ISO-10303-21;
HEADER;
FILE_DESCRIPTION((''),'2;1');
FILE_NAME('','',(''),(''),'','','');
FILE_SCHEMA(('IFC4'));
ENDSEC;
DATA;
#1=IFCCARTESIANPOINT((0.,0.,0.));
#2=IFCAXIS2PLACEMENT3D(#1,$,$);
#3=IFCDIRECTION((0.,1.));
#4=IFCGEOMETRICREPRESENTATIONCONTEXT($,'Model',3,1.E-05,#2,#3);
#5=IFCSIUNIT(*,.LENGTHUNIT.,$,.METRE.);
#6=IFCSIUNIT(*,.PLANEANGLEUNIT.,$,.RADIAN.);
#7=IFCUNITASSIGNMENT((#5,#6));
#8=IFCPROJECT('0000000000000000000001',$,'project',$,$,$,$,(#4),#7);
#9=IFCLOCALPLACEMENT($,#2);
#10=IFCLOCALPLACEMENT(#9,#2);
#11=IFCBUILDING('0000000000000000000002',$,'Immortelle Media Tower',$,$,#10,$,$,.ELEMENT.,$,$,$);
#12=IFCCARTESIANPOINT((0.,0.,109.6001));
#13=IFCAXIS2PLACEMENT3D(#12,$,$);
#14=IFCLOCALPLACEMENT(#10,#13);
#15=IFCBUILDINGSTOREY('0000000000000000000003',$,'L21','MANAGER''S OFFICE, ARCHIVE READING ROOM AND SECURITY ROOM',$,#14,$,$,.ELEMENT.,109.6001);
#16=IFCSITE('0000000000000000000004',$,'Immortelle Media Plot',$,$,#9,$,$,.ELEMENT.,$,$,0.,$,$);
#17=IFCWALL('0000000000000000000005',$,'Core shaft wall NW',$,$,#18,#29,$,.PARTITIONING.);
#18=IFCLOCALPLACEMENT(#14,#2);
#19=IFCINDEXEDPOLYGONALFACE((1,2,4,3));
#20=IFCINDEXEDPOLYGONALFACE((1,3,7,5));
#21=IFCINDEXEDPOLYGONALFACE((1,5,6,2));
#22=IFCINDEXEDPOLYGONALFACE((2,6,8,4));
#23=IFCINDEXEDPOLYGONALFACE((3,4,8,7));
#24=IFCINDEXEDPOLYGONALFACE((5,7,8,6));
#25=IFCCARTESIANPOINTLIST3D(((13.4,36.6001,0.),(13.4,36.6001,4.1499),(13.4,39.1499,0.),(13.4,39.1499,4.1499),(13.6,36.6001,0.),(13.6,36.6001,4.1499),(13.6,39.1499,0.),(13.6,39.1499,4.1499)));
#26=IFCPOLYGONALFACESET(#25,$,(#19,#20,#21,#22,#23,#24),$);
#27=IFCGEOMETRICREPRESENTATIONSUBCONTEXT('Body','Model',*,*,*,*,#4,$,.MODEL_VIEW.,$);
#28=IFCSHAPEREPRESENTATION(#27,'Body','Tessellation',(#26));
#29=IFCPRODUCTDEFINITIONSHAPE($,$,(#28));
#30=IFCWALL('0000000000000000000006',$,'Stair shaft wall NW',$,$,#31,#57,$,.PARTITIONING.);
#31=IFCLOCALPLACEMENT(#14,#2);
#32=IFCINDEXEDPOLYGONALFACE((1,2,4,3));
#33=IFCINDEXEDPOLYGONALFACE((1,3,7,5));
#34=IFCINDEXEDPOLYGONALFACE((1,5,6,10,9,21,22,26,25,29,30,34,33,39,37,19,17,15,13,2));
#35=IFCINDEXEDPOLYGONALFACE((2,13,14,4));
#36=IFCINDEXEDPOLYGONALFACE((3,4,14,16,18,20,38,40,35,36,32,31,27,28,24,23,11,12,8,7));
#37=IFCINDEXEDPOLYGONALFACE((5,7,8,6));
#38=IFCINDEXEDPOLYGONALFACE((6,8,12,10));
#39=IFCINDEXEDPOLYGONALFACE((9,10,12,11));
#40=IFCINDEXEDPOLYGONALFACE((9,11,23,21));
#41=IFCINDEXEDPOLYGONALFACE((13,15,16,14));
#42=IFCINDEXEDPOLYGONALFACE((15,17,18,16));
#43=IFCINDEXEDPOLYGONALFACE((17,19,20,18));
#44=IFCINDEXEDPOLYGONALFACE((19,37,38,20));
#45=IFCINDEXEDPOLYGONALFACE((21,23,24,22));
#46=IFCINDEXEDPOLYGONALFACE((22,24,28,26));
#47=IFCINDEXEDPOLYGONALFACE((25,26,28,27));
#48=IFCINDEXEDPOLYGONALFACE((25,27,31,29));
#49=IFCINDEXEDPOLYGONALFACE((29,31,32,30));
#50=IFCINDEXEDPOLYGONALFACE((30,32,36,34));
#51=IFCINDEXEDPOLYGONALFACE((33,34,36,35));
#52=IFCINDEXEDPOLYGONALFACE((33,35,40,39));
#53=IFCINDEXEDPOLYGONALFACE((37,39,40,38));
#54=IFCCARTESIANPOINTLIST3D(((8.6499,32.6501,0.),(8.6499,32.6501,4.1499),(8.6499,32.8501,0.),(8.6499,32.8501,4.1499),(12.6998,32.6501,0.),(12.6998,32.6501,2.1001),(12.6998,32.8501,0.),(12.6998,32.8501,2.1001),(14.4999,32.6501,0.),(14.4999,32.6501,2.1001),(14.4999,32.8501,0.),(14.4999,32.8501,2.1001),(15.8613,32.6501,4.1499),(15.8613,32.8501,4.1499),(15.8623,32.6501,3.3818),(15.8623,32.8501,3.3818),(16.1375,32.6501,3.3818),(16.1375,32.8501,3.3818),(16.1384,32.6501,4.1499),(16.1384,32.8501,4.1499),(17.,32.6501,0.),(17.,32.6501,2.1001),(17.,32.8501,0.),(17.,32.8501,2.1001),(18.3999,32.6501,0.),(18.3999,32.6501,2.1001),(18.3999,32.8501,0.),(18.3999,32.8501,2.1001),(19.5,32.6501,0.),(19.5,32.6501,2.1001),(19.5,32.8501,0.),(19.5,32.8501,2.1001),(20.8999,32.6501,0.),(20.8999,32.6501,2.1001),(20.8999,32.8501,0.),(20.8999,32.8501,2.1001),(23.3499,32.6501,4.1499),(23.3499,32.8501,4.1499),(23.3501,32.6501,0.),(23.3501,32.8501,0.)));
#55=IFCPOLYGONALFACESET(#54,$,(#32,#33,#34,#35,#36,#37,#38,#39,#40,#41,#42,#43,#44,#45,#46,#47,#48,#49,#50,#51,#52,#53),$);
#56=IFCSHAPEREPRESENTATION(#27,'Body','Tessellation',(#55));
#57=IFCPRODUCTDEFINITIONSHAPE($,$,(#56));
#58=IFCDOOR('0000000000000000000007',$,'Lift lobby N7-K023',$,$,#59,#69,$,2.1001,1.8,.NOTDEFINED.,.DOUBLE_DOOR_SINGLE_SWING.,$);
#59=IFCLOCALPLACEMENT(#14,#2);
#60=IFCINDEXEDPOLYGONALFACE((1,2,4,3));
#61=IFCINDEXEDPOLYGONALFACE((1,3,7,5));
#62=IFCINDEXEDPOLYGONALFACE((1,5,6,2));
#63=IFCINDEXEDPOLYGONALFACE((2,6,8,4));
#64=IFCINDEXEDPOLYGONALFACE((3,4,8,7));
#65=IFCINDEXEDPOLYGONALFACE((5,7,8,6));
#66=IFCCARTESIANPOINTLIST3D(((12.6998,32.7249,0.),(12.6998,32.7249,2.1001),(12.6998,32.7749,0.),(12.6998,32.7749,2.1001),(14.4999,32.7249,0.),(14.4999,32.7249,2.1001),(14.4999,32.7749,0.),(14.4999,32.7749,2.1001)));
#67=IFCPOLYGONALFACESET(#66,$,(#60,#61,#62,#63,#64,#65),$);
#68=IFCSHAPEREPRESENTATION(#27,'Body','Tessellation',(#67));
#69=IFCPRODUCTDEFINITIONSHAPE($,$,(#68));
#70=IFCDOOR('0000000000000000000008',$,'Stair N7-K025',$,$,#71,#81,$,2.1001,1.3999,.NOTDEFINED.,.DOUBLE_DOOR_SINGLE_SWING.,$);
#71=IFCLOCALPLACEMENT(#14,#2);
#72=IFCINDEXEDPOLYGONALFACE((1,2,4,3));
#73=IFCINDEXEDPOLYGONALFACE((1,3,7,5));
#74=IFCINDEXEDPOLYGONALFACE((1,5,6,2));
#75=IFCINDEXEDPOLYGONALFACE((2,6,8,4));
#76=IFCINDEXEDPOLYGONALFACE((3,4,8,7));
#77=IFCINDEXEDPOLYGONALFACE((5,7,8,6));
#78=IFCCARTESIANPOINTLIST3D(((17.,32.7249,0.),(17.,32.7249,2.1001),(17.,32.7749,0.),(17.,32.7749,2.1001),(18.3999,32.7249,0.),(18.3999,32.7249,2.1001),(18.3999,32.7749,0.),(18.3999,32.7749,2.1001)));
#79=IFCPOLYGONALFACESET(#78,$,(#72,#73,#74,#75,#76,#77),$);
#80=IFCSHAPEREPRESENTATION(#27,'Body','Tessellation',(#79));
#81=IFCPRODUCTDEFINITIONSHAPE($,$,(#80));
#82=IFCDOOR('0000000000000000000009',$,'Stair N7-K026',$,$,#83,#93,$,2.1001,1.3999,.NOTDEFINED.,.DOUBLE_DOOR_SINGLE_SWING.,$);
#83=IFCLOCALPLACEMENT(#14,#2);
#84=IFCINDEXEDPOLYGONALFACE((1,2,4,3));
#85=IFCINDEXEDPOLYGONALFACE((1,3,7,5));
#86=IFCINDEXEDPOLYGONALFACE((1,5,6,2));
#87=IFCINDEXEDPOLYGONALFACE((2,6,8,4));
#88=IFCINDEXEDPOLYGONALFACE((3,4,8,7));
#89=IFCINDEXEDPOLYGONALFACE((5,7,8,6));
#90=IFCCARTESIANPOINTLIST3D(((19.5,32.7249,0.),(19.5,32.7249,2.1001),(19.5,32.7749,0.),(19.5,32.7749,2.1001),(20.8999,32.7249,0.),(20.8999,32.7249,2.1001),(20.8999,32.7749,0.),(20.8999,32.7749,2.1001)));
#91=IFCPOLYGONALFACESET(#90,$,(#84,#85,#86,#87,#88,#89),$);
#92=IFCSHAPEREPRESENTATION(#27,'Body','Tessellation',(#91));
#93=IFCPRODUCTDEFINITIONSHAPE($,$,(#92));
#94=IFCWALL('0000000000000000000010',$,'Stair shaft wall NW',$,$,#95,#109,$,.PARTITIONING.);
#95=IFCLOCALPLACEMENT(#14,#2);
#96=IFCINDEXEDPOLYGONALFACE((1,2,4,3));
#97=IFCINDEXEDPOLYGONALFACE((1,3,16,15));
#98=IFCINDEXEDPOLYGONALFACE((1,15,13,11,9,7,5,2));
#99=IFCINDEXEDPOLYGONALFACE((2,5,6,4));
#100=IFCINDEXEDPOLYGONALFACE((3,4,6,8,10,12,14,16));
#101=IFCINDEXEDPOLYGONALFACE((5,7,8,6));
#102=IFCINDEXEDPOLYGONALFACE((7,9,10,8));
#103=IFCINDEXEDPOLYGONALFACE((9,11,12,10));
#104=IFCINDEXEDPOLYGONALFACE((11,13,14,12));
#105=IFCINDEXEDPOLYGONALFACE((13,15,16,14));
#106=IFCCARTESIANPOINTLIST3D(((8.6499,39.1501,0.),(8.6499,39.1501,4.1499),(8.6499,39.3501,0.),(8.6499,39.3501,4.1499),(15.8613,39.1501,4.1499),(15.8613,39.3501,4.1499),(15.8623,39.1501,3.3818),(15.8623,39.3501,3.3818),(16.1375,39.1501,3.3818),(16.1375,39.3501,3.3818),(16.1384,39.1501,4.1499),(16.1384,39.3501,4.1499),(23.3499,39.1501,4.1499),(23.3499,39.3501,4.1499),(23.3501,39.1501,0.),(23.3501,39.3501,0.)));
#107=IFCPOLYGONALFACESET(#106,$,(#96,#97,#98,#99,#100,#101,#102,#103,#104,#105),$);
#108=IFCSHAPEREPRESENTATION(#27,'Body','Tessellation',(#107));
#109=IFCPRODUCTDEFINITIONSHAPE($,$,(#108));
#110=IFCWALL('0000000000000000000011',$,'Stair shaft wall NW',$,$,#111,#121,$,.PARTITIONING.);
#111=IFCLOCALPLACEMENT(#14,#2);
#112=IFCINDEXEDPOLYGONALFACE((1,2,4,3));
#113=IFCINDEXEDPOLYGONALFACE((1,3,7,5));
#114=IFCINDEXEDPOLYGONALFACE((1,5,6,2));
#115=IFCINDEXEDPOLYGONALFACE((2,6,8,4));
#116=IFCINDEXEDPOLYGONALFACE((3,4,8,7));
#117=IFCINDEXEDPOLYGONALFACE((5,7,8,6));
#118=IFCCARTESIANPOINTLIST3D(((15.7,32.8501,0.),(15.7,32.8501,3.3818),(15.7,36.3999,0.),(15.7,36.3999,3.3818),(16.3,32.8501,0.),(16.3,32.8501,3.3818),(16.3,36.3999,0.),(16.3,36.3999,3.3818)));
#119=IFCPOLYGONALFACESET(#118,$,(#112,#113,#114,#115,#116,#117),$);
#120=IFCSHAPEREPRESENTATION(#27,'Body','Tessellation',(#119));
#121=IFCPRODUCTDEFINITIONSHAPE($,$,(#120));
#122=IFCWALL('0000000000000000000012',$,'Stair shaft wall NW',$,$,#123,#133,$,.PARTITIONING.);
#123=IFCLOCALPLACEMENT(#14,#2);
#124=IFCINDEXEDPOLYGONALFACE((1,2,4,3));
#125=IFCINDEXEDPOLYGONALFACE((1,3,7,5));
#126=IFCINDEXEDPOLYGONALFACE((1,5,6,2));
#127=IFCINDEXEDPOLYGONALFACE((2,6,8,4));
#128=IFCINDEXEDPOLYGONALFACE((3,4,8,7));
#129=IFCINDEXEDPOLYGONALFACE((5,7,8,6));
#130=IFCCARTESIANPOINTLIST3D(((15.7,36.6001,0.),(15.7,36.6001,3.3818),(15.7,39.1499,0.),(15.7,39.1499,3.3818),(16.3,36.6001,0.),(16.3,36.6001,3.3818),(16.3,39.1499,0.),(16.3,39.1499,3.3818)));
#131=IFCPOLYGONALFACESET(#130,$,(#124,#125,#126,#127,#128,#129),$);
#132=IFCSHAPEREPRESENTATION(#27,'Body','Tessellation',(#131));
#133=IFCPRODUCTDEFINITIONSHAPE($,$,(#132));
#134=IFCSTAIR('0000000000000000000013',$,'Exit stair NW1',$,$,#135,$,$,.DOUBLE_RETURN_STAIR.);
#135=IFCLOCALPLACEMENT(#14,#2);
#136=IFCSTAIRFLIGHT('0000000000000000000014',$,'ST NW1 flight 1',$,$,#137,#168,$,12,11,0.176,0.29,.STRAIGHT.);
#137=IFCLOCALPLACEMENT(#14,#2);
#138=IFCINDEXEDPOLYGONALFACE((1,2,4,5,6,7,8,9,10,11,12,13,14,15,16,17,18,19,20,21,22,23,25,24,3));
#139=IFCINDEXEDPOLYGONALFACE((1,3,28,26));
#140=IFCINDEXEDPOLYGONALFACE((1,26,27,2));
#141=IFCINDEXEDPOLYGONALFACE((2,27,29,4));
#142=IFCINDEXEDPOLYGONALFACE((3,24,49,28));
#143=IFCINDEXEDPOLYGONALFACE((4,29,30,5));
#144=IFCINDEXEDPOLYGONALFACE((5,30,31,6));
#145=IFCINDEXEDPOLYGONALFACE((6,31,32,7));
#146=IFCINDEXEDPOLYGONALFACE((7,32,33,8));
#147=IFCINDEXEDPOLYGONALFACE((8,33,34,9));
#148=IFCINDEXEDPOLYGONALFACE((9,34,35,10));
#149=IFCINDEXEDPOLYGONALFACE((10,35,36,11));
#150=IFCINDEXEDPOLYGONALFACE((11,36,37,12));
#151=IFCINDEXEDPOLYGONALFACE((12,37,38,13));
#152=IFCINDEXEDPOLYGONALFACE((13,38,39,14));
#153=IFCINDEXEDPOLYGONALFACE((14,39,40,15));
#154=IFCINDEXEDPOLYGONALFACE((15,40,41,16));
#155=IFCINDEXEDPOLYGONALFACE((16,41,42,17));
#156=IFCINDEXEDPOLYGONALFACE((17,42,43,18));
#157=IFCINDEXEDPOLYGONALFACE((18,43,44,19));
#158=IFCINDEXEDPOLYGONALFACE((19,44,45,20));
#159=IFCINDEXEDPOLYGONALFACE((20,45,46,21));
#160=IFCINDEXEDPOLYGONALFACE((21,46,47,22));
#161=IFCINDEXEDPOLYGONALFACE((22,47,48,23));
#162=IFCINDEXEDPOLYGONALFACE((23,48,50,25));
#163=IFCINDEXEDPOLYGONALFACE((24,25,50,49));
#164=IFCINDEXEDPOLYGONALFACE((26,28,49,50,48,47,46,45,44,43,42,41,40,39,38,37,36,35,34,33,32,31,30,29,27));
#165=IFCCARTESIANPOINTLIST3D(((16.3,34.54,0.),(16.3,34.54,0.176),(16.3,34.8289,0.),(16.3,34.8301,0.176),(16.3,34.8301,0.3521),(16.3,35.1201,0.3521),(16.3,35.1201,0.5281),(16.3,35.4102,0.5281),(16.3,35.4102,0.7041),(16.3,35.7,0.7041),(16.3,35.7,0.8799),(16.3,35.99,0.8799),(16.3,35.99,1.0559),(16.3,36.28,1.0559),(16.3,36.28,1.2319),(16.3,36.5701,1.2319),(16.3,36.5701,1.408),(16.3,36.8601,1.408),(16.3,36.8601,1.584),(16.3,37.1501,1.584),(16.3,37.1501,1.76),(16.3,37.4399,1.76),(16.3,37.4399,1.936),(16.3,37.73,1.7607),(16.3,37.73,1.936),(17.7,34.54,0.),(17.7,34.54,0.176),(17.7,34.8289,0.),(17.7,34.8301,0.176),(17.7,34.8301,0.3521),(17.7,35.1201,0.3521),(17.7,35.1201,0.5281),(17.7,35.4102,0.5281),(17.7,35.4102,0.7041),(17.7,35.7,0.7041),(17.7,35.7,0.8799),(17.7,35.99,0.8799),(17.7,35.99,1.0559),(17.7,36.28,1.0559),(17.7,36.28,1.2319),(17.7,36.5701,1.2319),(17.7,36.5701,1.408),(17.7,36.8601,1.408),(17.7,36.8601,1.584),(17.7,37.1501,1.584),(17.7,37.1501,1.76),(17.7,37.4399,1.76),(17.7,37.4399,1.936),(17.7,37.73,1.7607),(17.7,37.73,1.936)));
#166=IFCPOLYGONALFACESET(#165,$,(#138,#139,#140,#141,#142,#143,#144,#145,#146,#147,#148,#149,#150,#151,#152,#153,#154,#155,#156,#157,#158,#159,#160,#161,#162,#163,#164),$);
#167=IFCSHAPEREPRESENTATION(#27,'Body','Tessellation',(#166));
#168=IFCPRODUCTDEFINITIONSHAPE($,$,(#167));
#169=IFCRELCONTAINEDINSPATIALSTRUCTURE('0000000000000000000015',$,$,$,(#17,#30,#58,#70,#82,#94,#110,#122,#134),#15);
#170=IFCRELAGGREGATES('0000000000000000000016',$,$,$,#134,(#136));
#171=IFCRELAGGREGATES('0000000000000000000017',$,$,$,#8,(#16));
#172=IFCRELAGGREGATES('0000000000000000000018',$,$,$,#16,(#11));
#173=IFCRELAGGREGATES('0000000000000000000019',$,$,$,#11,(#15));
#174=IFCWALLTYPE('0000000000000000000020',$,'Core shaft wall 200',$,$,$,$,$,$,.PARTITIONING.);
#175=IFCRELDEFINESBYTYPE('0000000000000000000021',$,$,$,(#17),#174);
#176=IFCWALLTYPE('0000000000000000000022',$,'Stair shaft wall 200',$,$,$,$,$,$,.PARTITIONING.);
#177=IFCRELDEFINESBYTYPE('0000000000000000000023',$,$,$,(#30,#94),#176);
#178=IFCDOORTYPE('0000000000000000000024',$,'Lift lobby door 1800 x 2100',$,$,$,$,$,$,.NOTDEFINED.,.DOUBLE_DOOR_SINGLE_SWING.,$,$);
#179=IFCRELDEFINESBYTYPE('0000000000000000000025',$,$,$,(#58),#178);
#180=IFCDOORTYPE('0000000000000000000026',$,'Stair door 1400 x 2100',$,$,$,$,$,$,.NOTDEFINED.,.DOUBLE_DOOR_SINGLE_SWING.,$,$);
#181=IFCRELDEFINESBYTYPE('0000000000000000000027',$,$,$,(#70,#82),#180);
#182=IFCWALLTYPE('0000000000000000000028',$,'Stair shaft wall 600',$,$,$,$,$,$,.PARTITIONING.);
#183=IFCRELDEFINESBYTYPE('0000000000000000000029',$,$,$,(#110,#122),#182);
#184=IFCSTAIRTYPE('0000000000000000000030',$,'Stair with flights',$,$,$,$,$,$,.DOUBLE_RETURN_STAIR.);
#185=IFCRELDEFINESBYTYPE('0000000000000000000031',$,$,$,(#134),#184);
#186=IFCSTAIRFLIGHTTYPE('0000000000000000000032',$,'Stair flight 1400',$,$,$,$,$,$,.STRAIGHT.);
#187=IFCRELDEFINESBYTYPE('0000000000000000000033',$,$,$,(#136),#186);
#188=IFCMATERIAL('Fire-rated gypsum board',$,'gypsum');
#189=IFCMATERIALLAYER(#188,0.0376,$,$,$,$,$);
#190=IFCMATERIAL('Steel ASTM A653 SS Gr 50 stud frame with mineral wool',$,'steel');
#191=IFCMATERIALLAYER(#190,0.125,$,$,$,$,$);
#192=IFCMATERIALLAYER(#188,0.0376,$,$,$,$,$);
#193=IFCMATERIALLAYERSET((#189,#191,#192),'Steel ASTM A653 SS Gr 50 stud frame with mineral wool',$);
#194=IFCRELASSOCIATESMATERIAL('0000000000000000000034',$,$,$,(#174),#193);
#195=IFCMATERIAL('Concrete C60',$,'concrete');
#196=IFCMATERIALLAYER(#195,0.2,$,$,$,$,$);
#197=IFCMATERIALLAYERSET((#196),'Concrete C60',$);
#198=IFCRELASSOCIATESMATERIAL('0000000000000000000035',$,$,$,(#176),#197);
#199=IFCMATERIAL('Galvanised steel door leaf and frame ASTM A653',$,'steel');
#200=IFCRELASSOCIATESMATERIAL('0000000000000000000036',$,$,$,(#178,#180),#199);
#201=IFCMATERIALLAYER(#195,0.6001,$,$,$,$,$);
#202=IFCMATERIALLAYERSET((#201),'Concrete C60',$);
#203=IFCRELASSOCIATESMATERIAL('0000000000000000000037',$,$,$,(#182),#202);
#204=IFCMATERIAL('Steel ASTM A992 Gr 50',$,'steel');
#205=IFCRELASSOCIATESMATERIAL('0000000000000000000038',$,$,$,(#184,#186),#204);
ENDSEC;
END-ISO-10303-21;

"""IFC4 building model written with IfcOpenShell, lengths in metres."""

from ifc_helpers import new_model, si_unit, direction, frame, frame_2d, origin, place, context, subcontext, project, spatial, polyline, rectangle, outline, extrude, material, layer, layer_set, type_object, element, fill, aggregate, save


model = new_model("IFC4")

# Units and contexts
model_context = context("Model", 3, precision=1e-05, world=origin(), true_north=direction((0.0, 1.0)))
body_context = subcontext(model_context, "Body", "Model", "MODEL_VIEW")
ifc_project = project(units=[si_unit("LENGTHUNIT", "METRE"), si_unit("PLANEANGLEUNIT", "RADIAN")], contexts=[model_context])

# Site, building, storey
site_placement = place(None, origin())
site = spatial("IfcSite", under=ifc_project, at=site_placement, Name="Immortelle Media Plot", CompositionType="ELEMENT", RefElevation=0.0)
building_placement = place(site_placement, origin())
building = spatial("IfcBuilding", under=site, at=building_placement, Name="Immortelle Media Tower", CompositionType="ELEMENT")
storey_placement = place(building_placement, frame((0.0, 0.0, 109.6001)))
storey = spatial("IfcBuildingStorey", under=building, at=storey_placement, Name="L21", Description="MANAGER'S OFFICE, ARCHIVE READING ROOM AND SECURITY ROOM", CompositionType="ELEMENT", Elevation=109.6001)

# Shared definitions
ifc_material_1 = material(Name="Steel ASTM A992 Gr 50", Category="steel")

# Shared definitions
ifc_material_2 = material(Name="Fire-rated gypsum board", Category="gypsum")
ifc_material_3 = material(Name="Steel ASTM A653 SS Gr 50 stud frame with mineral wool", Category="steel")

# Shared definitions
ifc_material_4 = material(Name="Galvanised steel door leaf and frame ASTM A653", Category="steel")

# Wall
ifc_layer_1 = layer(ifc_material_2, 0.0376)
ifc_layer_2 = layer(ifc_material_3, 0.125)
ifc_layer_3 = layer(ifc_material_2, 0.0376)
ifc_layer_set_1 = layer_set([ifc_layer_1, ifc_layer_2, ifc_layer_3], Name="Steel ASTM A653 SS Gr 50 stud frame with mineral wool")
wall_type_1 = type_object("IfcWallType", Name="Core shaft wall 200", PredefinedType="PARTITIONING", material=ifc_layer_set_1)
for number, where, z_axis, x_axis, name in (
    (1, (13.5, 36.6001, 0.0), (0.0, 0.0, 1.0), (0.0, 1.0, 0.0), "Core shaft wall NW"),
):
    element("IfcWall", number, at=place(storey_placement, frame(where, z_axis=z_axis, x_axis=x_axis)), inside=storey, type_object=wall_type_1, Name=name, PredefinedType="PARTITIONING", context=body_context, shape_type="SweptSolid", body=[
        extrude(rectangle(XDim=2.5498, YDim=0.2, at=frame_2d((1.2749, 0.0))), origin(), (0.0, 0.0, 1.0), 4.1499),
    ])

# Wall, openings, doors
ifc_material_5 = material(Name="Concrete C60", Category="concrete")
ifc_layer_4 = layer(ifc_material_5, 0.2)
ifc_layer_set_2 = layer_set([ifc_layer_4], Name="Concrete C60")
wall_type_2 = type_object("IfcWallType", Name="Stair shaft wall 200", PredefinedType="PARTITIONING", material=ifc_layer_set_2)
wall_1_placement = place(storey_placement, frame((8.6499, 32.75, 0.0), z_axis=(0.0, 0.0, 1.0), x_axis=(1.0, 0.0, 0.0)))
wall_1 = element("IfcWall", 2, at=wall_1_placement, inside=storey, type_object=wall_type_2, Name="Stair shaft wall NW", PredefinedType="PARTITIONING", context=body_context, shape_type="SweptSolid", body=[
    extrude(outline(polyline([(0.0, 0.0), (14.7002, 0.0), (14.7, 4.1499), (7.4885, 4.1499), (7.4875, 3.3818), (7.2124, 3.3818), (7.2114, 4.1499), (0.0, 4.1499), (0.0, 0.0)])), frame((0.0, 0.1001, 0.0), z_axis=(0.0, -1.0, 0.0), x_axis=(1.0, 0.0, 0.0)), (0.0, 0.0, 1.0), 0.2),
])
opening_1_placement = place(wall_1_placement, frame((4.05, 0.0, 0.0)))
opening_1 = element("IfcOpeningElement", 3, at=opening_1_placement, cuts=wall_1, PredefinedType="OPENING", context=body_context, shape_type="SweptSolid", body=[
    extrude(rectangle(XDim=1.8, YDim=2.1001, at=frame_2d((0.8999, 1.05))), frame((0.0, 0.1099, 0.0), z_axis=(0.0, -1.0, 0.0), x_axis=(1.0, 0.0, 0.0)), (0.0, 0.0, 1.0), 0.22),
])
opening_2_placement = place(wall_1_placement, frame((8.3501, 0.0, 0.0)))
opening_2 = element("IfcOpeningElement", 4, at=opening_2_placement, cuts=wall_1, PredefinedType="OPENING", context=body_context, shape_type="SweptSolid", body=[
    extrude(rectangle(XDim=1.3999, YDim=2.1001, at=frame_2d((0.7, 1.05))), frame((0.0, 0.1099, 0.0), z_axis=(0.0, -1.0, 0.0), x_axis=(1.0, 0.0, 0.0)), (0.0, 0.0, 1.0), 0.22),
])
opening_3_placement = place(wall_1_placement, frame((10.8501, 0.0, 0.0)))
opening_3 = element("IfcOpeningElement", 5, at=opening_3_placement, cuts=wall_1, PredefinedType="OPENING", context=body_context, shape_type="SweptSolid", body=[
    extrude(rectangle(XDim=1.3999, YDim=2.1001, at=frame_2d((0.7, 1.05))), frame((0.0, 0.1099, 0.0), z_axis=(0.0, -1.0, 0.0), x_axis=(1.0, 0.0, 0.0)), (0.0, 0.0, 1.0), 0.22),
])
door_type_1 = type_object("IfcDoorType", Name="Lift lobby door 1800 x 2100", OperationType="DOUBLE_DOOR_SINGLE_SWING", PredefinedType="NOTDEFINED", material=ifc_material_4)
door_1_placement = place(opening_1_placement, origin())
door_1 = element("IfcDoor", 6, at=door_1_placement, inside=storey, type_object=door_type_1, Name="Lift lobby N7-K023", OperationType="DOUBLE_DOOR_SINGLE_SWING", OverallHeight=2.1001, OverallWidth=1.8, PredefinedType="NOTDEFINED", context=body_context, shape_type="SweptSolid", body=[
    extrude(rectangle(XDim=1.8, YDim=2.1001, at=frame_2d((0.8999, 1.05))), frame((0.0, 0.0249, 0.0), z_axis=(0.0, -1.0, 0.0), x_axis=(1.0, 0.0, 0.0)), (0.0, 0.0, 1.0), 0.05),
])
fill(opening_1, door_1)
door_type_2 = type_object("IfcDoorType", Name="Stair door 1400 x 2100", OperationType="DOUBLE_DOOR_SINGLE_SWING", PredefinedType="NOTDEFINED", material=ifc_material_4)
door_2_placement = place(opening_2_placement, origin())
door_2 = element("IfcDoor", 7, at=door_2_placement, inside=storey, type_object=door_type_2, Name="Stair N7-K025", OperationType="DOUBLE_DOOR_SINGLE_SWING", OverallHeight=2.1001, OverallWidth=1.3999, PredefinedType="NOTDEFINED", context=body_context, shape_type="SweptSolid", body=[
    extrude(rectangle(XDim=1.3999, YDim=2.1001, at=frame_2d((0.7, 1.05))), frame((0.0, 0.0249, 0.0), z_axis=(0.0, -1.0, 0.0), x_axis=(1.0, 0.0, 0.0)), (0.0, 0.0, 1.0), 0.05),
])
fill(opening_2, door_2)
door_3_placement = place(opening_3_placement, origin())
door_3 = element("IfcDoor", 8, at=door_3_placement, inside=storey, type_object=door_type_2, Name="Stair N7-K026", OperationType="DOUBLE_DOOR_SINGLE_SWING", OverallHeight=2.1001, OverallWidth=1.3999, PredefinedType="NOTDEFINED", context=body_context, shape_type="SweptSolid", body=[
    extrude(rectangle(XDim=1.3999, YDim=2.1001, at=frame_2d((0.7, 1.05))), frame((0.0, 0.0249, 0.0), z_axis=(0.0, -1.0, 0.0), x_axis=(1.0, 0.0, 0.0)), (0.0, 0.0, 1.0), 0.05),
])
fill(opening_3, door_3)

# Walls
wall_2_placement = place(storey_placement, frame((8.6499, 39.25, 0.0), z_axis=(0.0, 0.0, 1.0), x_axis=(1.0, 0.0, 0.0)))
element("IfcWall", 9, at=wall_2_placement, inside=storey, type_object=wall_type_2, Name="Stair shaft wall NW", PredefinedType="PARTITIONING", context=body_context, shape_type="SweptSolid", body=[
    extrude(outline(polyline([(0.0, 0.0), (14.7002, 0.0), (14.7, 4.1499), (7.4885, 4.1499), (7.4875, 3.3818), (7.2124, 3.3818), (7.2114, 4.1499), (0.0, 4.1499), (0.0, 0.0)])), frame((0.0, 0.1001, 0.0), z_axis=(0.0, -1.0, 0.0), x_axis=(1.0, 0.0, 0.0)), (0.0, 0.0, 1.0), 0.2),
])
ifc_layer_5 = layer(ifc_material_5, 0.6001)
ifc_layer_set_3 = layer_set([ifc_layer_5], Name="Concrete C60")
wall_type_3 = type_object("IfcWallType", Name="Stair shaft wall 600", PredefinedType="PARTITIONING", material=ifc_layer_set_3)
wall_3_placement = place(storey_placement, frame((16.0, 32.8501, 0.0), z_axis=(0.0, 0.0, 1.0), x_axis=(0.0, 1.0, 0.0)))
element("IfcWall", 10, at=wall_3_placement, inside=storey, type_object=wall_type_3, Name="Stair shaft wall NW", PredefinedType="PARTITIONING", context=body_context, shape_type="SweptSolid", body=[
    extrude(rectangle(XDim=3.5498, YDim=0.6001, at=frame_2d((1.7749, 0.0))), origin(), (0.0, 0.0, 1.0), 3.3818),
])
wall_4_placement = place(storey_placement, frame((16.0, 36.6001, 0.0), z_axis=(0.0, 0.0, 1.0), x_axis=(0.0, 1.0, 0.0)))
element("IfcWall", 11, at=wall_4_placement, inside=storey, type_object=wall_type_3, Name="Stair shaft wall NW", PredefinedType="PARTITIONING", context=body_context, shape_type="SweptSolid", body=[
    extrude(rectangle(XDim=2.5498, YDim=0.6001, at=frame_2d((1.2749, 0.0))), origin(), (0.0, 0.0, 1.0), 3.3818),
])

# Stair, stair flight
stair_type = type_object("IfcStairType", Name="Stair with flights", PredefinedType="DOUBLE_RETURN_STAIR", material=ifc_material_1)
stair_placement = place(storey_placement, origin())
stair = element("IfcStair", 12, at=stair_placement, inside=storey, type_object=stair_type, Name="Exit stair NW1", PredefinedType="DOUBLE_RETURN_STAIR")
stair_flight_type = type_object("IfcStairFlightType", Name="Stair flight 1400", PredefinedType="STRAIGHT", material=ifc_material_1)
stair_flight_placement = place(storey_placement, frame((17.0, 34.54, 0.0), z_axis=(0.0, 0.0, 1.0), x_axis=(0.0, 1.0, 0.0)))
stair_flight = element("IfcStairFlight", 13, at=stair_flight_placement, type_object=stair_flight_type, Name="ST NW1 flight 1", NumberOfRisers=12, NumberOfTreads=11, PredefinedType="STRAIGHT", RiserHeight=0.176, TreadLength=0.29, context=body_context, shape_type="SweptSolid", body=[
    extrude(outline(polyline([(0.0, 0.0), (0.0, 0.176), (0.29, 0.176), (0.29, 0.3521), (0.5801, 0.3521), (0.5801, 0.5281), (0.8701, 0.5281), (0.8701, 0.7041), (1.1599, 0.7041), (1.1599, 0.8799), (1.45, 0.8799), (1.45, 1.0559), (1.74, 1.0559), (1.74, 1.2319), (2.03, 1.2319), (2.03, 1.408), (2.3201, 1.408), (2.3201, 1.584), (2.6101, 1.584), (2.6101, 1.76), (2.8999, 1.76), (2.8999, 1.936), (3.1899, 1.936), (3.1899, 2.1121), (3.1899, 1.7607), (0.2888, 0.0), (0.0, 0.0)])), frame((0.0, 0.7, 0.0), z_axis=(0.0, -1.0, 0.0), x_axis=(1.0, 0.0, 0.0)), (0.0, 0.0, 1.0), 1.3999),
])
aggregate(stair, [stair_flight])

save(model, "model.ifc")
